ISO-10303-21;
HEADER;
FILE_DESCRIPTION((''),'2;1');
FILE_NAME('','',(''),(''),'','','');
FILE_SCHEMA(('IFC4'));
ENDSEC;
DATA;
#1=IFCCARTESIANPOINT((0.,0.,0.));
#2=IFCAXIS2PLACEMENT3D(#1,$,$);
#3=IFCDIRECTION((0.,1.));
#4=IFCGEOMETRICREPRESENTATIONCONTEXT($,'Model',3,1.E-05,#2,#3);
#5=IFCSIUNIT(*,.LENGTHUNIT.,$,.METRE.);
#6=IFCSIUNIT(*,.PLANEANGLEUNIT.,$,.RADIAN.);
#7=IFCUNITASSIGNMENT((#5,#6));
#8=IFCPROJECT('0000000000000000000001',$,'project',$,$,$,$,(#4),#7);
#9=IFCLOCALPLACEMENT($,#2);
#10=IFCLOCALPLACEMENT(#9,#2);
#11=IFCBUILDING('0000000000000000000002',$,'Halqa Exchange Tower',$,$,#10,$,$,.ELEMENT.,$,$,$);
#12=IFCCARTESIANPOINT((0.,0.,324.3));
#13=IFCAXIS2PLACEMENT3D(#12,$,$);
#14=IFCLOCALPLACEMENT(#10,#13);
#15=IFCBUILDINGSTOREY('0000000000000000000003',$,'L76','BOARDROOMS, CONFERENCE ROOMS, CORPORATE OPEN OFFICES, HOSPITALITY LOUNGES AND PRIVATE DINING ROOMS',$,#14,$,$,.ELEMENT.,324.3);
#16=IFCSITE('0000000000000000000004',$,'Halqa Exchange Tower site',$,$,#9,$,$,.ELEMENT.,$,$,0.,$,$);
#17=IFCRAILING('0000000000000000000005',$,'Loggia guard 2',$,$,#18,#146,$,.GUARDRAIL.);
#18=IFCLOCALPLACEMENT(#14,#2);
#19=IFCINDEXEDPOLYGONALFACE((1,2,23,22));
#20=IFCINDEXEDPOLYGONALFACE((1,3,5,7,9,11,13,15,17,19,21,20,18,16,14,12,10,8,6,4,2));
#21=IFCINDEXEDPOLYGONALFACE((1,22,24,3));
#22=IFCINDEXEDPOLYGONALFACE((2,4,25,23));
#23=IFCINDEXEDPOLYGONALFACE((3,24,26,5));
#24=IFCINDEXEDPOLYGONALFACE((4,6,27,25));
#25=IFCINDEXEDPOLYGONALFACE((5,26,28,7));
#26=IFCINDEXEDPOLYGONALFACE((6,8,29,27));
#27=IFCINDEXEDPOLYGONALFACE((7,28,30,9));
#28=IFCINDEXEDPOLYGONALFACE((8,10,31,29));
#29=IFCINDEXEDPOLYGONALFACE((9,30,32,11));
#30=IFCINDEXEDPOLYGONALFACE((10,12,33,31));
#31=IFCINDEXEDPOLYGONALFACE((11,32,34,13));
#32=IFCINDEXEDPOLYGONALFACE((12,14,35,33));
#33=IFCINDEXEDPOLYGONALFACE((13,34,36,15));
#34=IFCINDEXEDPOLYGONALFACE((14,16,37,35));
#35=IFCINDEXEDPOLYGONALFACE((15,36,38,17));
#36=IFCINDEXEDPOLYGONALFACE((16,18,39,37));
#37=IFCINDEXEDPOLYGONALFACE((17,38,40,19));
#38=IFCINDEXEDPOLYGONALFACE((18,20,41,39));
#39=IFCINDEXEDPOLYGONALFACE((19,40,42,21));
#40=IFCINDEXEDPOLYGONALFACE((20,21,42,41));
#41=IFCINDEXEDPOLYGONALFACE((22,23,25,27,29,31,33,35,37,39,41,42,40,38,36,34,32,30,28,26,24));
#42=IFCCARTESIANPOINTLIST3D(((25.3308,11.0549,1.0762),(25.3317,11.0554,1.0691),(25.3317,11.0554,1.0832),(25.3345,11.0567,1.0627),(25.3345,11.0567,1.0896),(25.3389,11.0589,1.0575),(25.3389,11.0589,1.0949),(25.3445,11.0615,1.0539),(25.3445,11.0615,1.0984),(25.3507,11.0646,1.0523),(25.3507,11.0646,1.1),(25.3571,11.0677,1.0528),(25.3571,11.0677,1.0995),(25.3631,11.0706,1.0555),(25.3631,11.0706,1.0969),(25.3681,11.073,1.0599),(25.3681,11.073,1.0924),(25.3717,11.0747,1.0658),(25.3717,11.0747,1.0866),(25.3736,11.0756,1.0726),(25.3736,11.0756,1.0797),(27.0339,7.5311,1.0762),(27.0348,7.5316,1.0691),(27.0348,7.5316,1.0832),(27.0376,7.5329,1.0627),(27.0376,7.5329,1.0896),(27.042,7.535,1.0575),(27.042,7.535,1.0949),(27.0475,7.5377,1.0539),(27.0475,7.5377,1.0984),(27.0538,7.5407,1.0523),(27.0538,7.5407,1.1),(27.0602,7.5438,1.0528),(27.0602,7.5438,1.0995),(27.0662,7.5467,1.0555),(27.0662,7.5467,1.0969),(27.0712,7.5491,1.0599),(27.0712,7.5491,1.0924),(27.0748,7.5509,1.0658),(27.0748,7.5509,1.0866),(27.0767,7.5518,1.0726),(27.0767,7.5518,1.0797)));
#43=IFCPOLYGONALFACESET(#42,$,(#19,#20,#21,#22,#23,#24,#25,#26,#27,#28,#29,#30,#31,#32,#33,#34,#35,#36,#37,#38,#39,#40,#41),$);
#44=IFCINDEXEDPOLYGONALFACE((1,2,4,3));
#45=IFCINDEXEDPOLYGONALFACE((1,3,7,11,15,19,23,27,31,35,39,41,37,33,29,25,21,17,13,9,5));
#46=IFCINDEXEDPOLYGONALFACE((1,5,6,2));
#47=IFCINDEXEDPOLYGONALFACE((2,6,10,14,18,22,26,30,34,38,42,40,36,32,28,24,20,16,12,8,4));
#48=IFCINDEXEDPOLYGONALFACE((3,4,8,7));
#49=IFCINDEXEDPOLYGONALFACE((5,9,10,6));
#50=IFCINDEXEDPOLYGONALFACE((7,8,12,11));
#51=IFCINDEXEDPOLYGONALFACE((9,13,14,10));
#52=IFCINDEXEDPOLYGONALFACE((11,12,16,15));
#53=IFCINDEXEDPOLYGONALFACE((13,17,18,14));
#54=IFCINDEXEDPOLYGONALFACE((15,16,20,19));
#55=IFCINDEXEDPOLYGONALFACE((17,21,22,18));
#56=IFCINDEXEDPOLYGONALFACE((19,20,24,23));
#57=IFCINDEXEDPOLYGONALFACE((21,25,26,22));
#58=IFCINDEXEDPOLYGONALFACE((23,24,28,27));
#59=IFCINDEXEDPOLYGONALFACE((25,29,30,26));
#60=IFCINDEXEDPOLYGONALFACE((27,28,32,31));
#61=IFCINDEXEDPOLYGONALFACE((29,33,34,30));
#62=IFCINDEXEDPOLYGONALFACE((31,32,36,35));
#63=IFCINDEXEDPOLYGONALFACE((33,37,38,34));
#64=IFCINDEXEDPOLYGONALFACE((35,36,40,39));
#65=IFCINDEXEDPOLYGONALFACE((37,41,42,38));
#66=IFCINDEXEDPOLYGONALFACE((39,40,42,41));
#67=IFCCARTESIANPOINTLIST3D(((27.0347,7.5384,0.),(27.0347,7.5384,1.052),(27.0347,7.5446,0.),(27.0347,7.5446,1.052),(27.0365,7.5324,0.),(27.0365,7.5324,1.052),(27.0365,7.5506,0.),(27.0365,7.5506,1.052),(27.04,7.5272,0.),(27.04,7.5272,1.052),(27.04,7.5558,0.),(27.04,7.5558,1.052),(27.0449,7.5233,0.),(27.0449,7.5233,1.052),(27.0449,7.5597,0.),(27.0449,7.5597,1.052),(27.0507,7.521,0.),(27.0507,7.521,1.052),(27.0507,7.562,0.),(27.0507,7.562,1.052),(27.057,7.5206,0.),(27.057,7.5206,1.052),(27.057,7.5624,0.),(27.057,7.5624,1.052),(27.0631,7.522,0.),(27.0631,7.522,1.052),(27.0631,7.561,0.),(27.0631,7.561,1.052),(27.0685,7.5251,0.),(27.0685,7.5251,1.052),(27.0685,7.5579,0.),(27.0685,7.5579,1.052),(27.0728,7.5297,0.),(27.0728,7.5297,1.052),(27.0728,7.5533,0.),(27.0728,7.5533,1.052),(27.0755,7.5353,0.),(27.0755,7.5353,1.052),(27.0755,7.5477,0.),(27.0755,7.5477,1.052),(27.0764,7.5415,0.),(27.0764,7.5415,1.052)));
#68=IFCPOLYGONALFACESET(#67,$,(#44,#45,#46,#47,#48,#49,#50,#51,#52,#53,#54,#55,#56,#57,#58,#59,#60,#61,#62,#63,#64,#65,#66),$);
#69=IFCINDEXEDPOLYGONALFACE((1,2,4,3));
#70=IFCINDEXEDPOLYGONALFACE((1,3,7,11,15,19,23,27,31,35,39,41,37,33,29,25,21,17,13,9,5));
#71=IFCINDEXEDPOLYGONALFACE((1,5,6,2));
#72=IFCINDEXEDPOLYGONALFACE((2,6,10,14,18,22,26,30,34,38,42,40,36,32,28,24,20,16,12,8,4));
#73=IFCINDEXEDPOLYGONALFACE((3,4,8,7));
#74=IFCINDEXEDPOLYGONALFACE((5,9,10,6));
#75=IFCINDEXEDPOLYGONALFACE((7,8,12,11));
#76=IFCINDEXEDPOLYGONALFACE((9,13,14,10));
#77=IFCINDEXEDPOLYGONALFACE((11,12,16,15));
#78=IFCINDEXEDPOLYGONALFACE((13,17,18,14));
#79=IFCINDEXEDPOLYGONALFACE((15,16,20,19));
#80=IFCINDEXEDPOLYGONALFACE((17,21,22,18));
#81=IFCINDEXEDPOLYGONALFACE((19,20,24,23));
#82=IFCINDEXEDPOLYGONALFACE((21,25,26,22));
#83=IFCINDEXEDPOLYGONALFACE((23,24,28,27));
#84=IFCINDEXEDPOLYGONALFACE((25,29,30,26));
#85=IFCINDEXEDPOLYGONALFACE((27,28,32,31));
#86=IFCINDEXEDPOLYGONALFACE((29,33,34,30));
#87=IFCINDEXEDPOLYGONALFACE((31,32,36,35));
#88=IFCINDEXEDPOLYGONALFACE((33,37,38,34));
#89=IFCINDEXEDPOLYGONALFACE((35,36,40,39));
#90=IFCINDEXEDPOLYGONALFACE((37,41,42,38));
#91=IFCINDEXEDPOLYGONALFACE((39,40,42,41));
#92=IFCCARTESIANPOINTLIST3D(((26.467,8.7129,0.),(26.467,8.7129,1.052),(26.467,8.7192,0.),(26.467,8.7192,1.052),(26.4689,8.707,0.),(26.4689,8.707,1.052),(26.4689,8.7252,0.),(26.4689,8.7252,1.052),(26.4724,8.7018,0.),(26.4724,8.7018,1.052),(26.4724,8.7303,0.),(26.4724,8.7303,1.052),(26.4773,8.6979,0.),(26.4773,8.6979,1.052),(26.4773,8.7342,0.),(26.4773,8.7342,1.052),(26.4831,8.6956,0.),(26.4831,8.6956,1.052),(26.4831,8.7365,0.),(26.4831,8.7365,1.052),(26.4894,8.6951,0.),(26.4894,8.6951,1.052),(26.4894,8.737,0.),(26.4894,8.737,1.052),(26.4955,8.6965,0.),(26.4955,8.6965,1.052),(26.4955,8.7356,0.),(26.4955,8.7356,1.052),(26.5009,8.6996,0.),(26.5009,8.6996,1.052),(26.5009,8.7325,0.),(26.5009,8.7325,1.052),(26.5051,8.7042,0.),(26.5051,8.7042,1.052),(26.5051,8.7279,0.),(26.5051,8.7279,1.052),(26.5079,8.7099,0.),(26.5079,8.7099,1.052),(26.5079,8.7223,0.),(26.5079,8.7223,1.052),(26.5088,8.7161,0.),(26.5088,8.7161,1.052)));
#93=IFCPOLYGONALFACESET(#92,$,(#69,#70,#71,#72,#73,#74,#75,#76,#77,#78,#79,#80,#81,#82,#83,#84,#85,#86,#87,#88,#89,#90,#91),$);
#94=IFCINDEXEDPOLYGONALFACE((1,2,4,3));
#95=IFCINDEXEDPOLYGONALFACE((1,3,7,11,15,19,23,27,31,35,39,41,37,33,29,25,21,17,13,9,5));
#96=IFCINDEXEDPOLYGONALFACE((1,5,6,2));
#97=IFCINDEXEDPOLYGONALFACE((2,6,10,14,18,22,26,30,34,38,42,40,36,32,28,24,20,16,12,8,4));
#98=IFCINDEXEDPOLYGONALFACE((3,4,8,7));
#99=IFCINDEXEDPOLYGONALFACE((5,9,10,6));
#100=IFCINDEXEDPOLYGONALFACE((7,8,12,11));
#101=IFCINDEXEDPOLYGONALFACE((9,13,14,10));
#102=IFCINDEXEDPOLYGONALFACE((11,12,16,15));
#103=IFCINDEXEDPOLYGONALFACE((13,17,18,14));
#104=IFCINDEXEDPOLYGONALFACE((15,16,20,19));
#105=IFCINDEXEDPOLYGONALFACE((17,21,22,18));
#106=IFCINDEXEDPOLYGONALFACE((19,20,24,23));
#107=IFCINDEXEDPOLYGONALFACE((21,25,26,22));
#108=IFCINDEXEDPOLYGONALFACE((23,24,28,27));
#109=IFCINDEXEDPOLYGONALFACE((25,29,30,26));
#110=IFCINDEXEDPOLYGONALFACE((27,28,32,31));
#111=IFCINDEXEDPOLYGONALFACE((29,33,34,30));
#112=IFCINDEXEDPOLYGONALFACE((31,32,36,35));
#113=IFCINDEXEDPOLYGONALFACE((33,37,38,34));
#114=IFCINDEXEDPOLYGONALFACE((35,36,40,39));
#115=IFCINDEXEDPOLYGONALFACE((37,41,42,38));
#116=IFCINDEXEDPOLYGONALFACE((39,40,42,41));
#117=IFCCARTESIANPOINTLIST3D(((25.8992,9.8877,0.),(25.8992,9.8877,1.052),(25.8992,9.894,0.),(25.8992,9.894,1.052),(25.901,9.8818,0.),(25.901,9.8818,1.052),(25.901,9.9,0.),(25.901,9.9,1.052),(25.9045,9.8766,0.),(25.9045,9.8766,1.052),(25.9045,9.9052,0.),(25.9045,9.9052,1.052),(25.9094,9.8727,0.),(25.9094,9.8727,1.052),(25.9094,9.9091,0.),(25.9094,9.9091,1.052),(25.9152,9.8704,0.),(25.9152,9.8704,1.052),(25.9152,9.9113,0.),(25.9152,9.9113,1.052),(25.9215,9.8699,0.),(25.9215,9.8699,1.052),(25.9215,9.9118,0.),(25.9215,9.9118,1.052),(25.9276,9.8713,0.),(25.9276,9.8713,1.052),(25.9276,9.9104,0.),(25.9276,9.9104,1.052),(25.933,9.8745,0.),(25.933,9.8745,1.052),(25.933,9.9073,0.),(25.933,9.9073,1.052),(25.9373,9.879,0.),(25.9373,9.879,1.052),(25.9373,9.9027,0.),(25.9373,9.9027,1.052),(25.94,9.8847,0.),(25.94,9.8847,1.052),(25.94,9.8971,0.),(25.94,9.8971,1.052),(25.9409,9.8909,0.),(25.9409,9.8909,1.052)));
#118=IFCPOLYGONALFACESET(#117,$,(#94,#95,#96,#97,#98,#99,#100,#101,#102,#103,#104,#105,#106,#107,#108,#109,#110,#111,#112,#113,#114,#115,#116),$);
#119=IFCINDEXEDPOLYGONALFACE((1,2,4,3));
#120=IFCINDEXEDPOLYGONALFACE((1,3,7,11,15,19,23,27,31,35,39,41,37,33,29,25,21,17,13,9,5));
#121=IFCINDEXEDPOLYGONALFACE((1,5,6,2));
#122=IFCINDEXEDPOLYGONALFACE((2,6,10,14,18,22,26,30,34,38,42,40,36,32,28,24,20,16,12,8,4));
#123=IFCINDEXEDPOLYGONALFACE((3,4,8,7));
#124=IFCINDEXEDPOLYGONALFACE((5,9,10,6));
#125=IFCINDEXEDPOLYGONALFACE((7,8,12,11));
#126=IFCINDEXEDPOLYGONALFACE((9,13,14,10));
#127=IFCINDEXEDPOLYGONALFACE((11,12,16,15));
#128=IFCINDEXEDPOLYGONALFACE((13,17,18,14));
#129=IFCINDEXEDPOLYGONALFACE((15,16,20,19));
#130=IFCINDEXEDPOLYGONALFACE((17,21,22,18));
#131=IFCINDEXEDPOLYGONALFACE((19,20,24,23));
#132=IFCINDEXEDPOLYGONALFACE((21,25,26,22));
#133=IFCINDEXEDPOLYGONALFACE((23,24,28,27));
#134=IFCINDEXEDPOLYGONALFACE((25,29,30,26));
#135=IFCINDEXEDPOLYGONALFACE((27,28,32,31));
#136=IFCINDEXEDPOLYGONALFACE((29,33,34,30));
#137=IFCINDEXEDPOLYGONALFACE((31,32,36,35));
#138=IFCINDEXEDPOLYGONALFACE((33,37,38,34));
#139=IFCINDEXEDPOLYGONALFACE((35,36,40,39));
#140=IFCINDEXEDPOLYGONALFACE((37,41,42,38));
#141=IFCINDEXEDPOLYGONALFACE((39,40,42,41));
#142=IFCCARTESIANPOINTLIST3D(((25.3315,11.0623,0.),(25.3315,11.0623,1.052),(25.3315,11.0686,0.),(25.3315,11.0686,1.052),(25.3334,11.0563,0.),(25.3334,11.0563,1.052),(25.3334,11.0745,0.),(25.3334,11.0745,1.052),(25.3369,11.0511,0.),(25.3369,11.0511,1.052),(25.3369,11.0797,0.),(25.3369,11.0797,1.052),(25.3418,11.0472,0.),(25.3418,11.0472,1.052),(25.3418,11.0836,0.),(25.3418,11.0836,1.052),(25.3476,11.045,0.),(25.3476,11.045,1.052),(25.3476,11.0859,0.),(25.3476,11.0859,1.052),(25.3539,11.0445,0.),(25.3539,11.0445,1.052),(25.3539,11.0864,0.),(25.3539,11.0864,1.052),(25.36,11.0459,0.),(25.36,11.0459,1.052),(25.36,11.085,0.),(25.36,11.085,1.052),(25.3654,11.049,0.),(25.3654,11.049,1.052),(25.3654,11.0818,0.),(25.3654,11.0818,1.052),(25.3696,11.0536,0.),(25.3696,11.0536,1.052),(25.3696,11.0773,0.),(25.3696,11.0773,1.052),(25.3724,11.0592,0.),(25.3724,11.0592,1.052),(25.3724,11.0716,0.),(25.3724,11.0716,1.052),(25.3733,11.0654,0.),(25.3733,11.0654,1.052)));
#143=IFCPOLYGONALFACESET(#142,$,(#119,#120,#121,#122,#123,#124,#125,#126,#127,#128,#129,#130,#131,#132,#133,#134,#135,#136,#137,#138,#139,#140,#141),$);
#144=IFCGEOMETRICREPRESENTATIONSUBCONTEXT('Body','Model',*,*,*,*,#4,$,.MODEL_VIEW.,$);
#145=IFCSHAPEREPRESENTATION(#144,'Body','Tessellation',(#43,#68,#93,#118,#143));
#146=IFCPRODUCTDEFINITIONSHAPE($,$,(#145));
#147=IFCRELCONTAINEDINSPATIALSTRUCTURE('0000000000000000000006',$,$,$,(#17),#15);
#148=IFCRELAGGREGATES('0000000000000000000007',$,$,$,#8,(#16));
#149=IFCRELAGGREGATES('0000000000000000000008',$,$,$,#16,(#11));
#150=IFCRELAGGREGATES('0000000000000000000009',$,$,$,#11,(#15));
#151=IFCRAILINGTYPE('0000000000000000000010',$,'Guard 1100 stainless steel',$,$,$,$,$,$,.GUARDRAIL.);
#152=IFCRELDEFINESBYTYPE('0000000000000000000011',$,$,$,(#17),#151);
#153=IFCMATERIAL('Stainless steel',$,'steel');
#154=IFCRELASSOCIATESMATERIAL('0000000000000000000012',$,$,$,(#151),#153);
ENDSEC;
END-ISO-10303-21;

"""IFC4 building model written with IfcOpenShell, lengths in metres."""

from ifc_helpers import new_model, si_unit, direction, frame, origin, origin_2d, place, context, subcontext, project, spatial, circle, extrude, material, type_object, element, save


model = new_model("IFC4")

# Units and contexts
model_context = context("Model", 3, precision=1e-05, world=origin(), true_north=direction((0.0, 1.0)))
body_context = subcontext(model_context, "Body", "Model", "MODEL_VIEW")
ifc_project = project(units=[si_unit("LENGTHUNIT", "METRE"), si_unit("PLANEANGLEUNIT", "RADIAN")], contexts=[model_context])

# Site, building, storey
site_placement = place(None, origin())
site = spatial("IfcSite", under=ifc_project, at=site_placement, Name="Halqa Exchange Tower site", CompositionType="ELEMENT", RefElevation=0.0)
building_placement = place(site_placement, origin())
building = spatial("IfcBuilding", under=site, at=building_placement, Name="Halqa Exchange Tower", CompositionType="ELEMENT")
storey_placement = place(building_placement, frame((0.0, 0.0, 324.3)))
storey = spatial("IfcBuildingStorey", under=building, at=storey_placement, Name="L76", Description="BOARDROOMS, CONFERENCE ROOMS, CORPORATE OPEN OFFICES, HOSPITALITY LOUNGES AND PRIVATE DINING ROOMS", CompositionType="ELEMENT", Elevation=324.3)

# Railing
ifc_material_1 = material(Name="Stainless steel", Category="steel")
railing_type = type_object("IfcRailingType", Name="Guard 1100 stainless steel", PredefinedType="GUARDRAIL", material=ifc_material_1)
railing_1_placement = place(storey_placement, frame((27.0554, 7.5415, 0.0)))
element("IfcRailing", 1, at=railing_1_placement, inside=storey, type_object=railing_type, Name="Loggia guard 2", PredefinedType="GUARDRAIL", context=body_context, shape_type="SweptSolid", body=[
    extrude(circle(Radius=0.0239, at=origin_2d()), frame((0.0, 0.0, 1.0762), z_axis=(-0.435147, 0.90036, 0.0), x_axis=(-0.90036, -0.435147, 0.0)), (0.0, 0.0, 1.0), 3.9138),
    extrude(circle(Radius=0.021, at=origin_2d()), origin(), (0.0, 0.0, 1.0), 1.052),
    extrude(circle(Radius=0.021, at=origin_2d()), frame((-0.5676, 1.1746, 0.0)), (0.0, 0.0, 1.0), 1.052),
    extrude(circle(Radius=0.021, at=origin_2d()), frame((-1.1355, 2.3494, 0.0)), (0.0, 0.0, 1.0), 1.052),
    extrude(circle(Radius=0.021, at=origin_2d()), frame((-1.7031, 3.5239, 0.0)), (0.0, 0.0, 1.0), 1.052),
])

save(model, "model.ifc")
